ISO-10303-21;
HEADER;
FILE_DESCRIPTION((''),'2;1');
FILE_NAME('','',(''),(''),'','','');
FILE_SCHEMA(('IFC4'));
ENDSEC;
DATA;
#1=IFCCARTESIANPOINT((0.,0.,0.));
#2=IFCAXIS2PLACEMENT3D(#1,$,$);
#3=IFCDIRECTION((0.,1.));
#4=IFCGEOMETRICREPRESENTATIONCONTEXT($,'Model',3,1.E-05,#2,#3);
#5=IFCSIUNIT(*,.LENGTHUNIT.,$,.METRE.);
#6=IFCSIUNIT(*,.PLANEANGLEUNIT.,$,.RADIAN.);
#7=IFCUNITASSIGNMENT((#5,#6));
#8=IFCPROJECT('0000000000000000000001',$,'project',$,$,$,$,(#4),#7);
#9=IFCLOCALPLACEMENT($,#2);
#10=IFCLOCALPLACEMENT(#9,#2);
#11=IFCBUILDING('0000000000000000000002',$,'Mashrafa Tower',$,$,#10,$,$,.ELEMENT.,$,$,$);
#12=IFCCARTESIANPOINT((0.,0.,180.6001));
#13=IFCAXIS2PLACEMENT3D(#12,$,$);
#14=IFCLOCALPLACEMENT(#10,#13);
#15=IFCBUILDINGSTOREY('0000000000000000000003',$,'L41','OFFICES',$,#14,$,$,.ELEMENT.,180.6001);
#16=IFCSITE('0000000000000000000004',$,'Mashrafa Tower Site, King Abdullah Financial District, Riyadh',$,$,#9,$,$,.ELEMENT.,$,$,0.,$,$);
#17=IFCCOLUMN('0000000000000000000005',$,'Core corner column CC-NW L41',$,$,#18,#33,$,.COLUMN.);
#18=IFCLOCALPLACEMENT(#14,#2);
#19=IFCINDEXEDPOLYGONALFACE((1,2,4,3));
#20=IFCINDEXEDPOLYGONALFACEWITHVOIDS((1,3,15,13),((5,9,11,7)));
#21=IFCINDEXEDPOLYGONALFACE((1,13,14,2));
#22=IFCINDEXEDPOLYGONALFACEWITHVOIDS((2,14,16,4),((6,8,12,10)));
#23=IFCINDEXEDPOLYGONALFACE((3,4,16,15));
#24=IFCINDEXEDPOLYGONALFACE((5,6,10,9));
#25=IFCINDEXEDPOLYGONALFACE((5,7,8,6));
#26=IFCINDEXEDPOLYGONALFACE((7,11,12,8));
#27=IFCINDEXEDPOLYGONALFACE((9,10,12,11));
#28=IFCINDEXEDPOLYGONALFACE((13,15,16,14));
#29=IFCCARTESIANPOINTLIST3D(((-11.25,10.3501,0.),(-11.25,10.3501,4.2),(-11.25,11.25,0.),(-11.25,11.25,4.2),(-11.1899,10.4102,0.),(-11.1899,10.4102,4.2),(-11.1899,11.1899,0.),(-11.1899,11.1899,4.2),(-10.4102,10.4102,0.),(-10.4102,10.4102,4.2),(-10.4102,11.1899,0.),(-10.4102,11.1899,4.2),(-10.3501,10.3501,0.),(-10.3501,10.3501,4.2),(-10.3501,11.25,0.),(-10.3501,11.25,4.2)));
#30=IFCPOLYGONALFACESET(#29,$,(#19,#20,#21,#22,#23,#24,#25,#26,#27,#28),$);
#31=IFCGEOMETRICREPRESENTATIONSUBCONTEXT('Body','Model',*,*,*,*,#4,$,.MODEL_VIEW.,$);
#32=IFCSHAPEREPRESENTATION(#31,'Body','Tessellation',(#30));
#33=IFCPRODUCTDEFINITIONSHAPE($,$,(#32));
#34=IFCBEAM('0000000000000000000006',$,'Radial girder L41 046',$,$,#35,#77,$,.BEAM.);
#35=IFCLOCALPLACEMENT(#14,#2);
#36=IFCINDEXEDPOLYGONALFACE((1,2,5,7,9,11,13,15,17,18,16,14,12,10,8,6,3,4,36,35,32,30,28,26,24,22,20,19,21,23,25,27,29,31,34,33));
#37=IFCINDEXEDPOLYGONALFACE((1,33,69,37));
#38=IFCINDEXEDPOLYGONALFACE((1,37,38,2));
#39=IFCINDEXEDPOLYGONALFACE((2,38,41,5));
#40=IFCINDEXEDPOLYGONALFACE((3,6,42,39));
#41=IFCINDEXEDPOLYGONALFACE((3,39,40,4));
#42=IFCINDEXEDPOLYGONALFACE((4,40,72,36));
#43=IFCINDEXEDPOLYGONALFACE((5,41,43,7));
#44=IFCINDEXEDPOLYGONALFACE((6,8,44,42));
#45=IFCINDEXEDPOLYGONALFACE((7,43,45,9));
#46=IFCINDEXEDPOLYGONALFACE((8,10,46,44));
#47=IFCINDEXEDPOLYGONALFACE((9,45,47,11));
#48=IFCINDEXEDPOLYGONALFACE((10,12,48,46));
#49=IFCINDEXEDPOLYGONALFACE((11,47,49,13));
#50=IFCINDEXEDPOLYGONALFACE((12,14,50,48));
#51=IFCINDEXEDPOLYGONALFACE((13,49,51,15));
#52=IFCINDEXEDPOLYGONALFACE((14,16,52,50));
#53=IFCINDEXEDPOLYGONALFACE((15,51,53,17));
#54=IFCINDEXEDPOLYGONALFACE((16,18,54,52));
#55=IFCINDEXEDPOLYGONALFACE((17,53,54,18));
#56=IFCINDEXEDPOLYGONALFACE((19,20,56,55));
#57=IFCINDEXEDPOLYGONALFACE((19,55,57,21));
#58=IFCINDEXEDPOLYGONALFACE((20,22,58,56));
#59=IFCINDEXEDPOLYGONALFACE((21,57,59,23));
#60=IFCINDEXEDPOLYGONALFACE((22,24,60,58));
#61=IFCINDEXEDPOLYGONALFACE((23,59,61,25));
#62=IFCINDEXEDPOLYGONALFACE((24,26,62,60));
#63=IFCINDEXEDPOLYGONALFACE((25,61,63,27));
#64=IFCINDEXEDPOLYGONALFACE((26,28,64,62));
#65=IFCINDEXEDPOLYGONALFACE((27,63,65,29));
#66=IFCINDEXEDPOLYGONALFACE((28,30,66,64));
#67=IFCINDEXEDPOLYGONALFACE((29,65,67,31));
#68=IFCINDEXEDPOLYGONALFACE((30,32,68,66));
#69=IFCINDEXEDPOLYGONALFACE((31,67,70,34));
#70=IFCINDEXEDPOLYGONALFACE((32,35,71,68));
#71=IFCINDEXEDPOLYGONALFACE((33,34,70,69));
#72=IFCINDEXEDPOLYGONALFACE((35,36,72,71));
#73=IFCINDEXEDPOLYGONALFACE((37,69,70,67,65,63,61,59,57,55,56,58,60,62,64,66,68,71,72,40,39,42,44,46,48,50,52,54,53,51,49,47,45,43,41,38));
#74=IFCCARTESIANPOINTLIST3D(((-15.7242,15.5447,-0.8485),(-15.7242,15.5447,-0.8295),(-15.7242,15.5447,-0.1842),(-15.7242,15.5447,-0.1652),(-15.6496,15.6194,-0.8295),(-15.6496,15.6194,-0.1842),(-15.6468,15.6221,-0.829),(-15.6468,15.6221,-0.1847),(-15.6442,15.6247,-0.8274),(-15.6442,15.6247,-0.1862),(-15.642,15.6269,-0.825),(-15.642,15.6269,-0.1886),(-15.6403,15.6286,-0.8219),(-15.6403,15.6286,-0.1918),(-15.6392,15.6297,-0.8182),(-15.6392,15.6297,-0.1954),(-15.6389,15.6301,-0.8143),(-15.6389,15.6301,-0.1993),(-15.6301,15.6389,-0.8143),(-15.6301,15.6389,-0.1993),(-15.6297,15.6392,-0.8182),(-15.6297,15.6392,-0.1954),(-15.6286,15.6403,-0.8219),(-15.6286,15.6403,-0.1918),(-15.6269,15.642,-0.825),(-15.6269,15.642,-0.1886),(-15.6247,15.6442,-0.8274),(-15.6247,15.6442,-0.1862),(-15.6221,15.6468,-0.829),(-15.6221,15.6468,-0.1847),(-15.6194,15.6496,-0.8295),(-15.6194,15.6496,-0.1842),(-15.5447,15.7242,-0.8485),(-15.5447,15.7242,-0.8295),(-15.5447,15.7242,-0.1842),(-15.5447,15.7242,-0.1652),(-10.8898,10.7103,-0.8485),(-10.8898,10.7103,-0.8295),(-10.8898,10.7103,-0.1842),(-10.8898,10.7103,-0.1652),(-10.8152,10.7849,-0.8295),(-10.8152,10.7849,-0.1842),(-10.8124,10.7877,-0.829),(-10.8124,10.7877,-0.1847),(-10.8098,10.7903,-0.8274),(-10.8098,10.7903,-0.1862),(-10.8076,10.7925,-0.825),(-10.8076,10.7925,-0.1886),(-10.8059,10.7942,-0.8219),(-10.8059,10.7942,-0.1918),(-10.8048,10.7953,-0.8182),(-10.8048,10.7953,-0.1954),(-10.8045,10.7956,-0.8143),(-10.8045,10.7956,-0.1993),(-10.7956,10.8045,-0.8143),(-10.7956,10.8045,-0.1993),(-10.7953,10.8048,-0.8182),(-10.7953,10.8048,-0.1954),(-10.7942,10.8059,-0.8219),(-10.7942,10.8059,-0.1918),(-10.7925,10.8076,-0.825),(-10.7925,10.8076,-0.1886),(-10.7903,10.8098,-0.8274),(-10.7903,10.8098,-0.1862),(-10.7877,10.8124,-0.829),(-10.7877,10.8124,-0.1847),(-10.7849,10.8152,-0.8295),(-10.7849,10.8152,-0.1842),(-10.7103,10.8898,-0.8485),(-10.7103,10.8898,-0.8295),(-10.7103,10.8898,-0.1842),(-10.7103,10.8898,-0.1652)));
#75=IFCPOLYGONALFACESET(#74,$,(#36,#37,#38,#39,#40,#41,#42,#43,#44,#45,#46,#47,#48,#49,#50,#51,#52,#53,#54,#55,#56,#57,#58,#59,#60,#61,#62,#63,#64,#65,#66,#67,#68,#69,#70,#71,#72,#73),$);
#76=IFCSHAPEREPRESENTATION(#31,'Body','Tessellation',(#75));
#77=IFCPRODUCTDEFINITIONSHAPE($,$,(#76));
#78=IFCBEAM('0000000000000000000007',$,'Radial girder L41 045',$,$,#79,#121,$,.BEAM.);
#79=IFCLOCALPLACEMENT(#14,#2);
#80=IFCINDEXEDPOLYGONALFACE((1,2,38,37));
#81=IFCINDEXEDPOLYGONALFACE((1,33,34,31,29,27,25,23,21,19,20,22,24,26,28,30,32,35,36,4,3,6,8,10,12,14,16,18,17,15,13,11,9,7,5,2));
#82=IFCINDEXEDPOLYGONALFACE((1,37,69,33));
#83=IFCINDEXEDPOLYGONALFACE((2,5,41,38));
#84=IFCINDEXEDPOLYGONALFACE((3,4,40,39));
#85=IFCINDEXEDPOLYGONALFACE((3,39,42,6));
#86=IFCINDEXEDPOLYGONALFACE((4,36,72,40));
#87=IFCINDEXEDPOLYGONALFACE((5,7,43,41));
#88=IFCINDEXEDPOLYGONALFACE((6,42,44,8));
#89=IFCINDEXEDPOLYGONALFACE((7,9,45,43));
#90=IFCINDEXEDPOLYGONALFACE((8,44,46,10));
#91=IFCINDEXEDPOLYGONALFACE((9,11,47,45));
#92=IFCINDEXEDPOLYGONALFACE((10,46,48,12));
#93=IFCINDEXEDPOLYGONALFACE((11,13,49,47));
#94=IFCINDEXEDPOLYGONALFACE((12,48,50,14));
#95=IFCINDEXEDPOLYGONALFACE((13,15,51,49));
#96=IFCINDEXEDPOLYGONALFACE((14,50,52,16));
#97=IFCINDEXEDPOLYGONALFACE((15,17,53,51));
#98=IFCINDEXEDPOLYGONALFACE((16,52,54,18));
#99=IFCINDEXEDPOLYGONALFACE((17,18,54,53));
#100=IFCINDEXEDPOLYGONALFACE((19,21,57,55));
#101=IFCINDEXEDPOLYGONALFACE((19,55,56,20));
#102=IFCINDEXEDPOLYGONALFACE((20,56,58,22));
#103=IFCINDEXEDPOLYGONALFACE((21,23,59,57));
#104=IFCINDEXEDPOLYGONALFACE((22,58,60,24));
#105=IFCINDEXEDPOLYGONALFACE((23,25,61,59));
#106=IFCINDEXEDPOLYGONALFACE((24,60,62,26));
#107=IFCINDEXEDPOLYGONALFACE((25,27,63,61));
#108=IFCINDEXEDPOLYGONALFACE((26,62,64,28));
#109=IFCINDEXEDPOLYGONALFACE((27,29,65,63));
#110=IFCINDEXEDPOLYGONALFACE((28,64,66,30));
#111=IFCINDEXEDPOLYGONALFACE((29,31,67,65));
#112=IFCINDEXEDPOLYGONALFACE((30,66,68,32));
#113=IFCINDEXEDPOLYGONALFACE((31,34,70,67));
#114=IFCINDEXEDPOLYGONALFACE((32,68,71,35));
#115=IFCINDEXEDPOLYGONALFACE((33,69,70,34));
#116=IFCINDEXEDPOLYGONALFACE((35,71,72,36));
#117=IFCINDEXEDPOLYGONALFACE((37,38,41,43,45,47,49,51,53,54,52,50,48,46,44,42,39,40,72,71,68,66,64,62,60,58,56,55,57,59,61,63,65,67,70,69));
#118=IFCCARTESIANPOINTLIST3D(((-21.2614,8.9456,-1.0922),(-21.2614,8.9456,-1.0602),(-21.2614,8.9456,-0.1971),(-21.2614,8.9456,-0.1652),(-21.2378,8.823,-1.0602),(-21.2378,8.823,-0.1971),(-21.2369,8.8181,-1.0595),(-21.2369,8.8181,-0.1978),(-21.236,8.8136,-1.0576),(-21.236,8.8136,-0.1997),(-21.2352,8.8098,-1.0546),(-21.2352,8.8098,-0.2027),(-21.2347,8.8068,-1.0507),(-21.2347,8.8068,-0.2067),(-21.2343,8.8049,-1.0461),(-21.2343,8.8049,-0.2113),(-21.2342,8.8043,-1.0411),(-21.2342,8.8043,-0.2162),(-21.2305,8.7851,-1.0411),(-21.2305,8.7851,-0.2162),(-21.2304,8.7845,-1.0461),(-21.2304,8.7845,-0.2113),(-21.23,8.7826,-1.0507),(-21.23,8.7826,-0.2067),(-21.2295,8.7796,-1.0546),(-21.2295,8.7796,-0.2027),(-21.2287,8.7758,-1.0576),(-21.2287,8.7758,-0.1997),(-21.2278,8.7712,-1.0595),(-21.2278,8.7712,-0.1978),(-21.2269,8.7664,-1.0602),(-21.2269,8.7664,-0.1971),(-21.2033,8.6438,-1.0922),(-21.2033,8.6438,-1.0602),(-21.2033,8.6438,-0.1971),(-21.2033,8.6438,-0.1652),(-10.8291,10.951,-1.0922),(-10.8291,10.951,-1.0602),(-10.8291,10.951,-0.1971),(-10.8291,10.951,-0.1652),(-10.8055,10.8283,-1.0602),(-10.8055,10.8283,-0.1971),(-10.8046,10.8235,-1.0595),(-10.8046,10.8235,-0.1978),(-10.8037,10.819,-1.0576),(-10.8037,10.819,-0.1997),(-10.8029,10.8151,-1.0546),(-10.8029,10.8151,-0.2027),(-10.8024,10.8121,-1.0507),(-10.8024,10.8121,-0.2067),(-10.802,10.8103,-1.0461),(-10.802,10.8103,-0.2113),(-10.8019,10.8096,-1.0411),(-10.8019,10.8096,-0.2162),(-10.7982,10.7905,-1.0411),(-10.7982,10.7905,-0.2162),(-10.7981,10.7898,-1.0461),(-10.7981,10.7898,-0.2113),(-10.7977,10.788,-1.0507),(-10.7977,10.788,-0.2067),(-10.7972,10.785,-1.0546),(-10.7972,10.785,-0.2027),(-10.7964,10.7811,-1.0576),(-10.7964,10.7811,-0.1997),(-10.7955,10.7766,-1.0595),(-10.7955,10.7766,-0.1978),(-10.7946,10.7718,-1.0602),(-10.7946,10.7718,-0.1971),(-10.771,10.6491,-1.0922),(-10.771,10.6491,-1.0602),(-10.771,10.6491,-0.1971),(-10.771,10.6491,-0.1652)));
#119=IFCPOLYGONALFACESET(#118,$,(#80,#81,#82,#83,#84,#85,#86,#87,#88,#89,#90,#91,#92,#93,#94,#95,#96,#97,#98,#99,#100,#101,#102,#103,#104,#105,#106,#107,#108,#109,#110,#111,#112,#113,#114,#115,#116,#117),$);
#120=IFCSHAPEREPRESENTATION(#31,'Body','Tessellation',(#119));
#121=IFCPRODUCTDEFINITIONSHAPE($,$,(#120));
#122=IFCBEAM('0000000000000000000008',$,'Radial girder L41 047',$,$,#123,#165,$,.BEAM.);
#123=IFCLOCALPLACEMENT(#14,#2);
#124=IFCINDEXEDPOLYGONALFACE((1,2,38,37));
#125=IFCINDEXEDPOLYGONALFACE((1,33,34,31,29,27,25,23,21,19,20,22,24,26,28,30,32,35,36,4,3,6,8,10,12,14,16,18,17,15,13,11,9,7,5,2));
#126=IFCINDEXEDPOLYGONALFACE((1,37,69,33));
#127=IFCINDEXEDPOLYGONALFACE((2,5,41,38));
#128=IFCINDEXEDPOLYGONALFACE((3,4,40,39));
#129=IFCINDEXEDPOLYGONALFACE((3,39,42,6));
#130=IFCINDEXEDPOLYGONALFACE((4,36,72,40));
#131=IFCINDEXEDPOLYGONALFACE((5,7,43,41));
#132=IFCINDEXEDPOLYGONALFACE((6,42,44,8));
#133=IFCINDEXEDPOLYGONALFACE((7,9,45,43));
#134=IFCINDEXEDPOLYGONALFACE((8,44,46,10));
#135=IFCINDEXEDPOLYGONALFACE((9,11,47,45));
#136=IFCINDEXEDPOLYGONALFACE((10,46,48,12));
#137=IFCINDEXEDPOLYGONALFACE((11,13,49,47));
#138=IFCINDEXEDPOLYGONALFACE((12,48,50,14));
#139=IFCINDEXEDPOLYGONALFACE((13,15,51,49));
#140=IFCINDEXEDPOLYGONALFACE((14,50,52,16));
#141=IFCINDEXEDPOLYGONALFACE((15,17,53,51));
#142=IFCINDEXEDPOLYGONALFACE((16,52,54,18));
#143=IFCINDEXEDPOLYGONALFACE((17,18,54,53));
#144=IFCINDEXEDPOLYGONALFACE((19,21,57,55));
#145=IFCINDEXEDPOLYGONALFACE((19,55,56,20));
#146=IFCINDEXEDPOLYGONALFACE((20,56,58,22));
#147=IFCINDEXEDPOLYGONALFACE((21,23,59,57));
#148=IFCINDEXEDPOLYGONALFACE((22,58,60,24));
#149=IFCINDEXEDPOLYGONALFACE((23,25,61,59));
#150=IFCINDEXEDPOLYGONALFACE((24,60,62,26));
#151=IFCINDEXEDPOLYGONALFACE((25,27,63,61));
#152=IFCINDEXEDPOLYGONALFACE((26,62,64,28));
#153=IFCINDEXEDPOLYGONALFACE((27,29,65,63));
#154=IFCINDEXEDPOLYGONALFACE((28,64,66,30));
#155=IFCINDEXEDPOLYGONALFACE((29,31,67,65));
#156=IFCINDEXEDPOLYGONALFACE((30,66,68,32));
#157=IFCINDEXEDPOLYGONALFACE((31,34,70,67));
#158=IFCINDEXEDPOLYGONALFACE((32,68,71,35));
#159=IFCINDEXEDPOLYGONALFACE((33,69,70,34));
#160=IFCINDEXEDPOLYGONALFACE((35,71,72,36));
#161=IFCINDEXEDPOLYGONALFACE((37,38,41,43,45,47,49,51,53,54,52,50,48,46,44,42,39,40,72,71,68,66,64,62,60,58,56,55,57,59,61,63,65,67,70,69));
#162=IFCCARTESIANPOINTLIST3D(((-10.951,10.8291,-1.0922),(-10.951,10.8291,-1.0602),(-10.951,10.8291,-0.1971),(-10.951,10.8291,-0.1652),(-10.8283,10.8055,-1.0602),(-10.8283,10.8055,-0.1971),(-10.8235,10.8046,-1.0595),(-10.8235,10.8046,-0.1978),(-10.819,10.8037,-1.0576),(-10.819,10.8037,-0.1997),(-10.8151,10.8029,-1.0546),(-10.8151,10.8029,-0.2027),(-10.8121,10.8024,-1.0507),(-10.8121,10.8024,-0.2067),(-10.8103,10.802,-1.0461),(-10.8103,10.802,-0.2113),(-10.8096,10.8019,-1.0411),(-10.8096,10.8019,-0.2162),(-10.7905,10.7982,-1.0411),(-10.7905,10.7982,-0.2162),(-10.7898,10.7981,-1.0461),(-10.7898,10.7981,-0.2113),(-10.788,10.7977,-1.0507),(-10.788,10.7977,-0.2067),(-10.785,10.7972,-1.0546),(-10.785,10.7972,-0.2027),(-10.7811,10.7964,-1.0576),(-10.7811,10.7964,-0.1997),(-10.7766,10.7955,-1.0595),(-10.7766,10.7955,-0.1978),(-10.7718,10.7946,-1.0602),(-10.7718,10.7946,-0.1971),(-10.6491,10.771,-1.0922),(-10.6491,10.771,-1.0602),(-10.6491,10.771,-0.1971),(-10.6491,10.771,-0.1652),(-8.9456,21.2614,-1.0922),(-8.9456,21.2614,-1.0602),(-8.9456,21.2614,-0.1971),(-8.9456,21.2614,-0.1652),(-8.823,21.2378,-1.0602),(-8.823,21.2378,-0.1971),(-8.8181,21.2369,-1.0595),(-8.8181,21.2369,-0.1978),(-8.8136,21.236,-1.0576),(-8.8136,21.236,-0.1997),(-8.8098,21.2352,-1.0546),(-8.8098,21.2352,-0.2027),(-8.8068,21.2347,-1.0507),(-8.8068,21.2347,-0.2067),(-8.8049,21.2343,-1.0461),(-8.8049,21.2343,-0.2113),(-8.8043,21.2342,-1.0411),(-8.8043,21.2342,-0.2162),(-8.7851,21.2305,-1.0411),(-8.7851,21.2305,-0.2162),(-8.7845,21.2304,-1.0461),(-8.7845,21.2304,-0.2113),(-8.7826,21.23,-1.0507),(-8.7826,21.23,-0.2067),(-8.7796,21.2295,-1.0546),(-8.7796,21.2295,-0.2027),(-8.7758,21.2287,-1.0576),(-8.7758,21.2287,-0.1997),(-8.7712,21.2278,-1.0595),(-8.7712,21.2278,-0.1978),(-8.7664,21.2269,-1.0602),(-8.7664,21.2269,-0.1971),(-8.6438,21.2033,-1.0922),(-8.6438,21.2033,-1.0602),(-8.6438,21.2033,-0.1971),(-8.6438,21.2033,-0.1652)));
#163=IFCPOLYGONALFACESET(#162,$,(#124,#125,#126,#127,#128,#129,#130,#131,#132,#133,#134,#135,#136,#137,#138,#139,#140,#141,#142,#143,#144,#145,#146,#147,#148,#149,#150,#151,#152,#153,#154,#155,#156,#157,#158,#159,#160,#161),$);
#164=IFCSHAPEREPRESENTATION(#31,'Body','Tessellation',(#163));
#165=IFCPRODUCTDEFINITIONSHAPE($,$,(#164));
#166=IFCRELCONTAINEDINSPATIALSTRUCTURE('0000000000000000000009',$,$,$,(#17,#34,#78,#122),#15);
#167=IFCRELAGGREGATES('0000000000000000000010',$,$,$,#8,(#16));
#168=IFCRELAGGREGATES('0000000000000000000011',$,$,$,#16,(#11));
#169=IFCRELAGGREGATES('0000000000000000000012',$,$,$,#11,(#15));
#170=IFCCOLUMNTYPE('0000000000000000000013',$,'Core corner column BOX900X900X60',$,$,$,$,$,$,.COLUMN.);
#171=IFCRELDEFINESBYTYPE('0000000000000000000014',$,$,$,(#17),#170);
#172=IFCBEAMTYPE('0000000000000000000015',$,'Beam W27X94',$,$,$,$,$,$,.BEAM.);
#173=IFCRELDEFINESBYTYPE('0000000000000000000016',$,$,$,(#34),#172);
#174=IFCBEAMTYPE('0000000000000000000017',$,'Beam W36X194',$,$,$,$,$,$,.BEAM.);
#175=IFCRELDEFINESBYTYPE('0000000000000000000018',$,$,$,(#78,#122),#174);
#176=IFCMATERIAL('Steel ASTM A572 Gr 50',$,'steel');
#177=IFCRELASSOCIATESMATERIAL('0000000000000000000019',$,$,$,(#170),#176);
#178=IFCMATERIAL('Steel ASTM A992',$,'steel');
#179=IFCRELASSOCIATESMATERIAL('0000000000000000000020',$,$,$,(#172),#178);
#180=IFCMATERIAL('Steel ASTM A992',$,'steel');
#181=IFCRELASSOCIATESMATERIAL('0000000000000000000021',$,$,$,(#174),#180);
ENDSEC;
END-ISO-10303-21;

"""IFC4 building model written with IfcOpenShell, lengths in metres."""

from ifc_helpers import new_model, si_unit, direction, frame, origin, origin_2d, place, context, subcontext, project, spatial, hollow_rectangle, i_section, extrude, material, material_profile, profile_set, type_object, element, save


model = new_model("IFC4")

# Units and contexts
model_context = context("Model", 3, precision=1e-05, world=origin(), true_north=direction((0.0, 1.0)))
body_context = subcontext(model_context, "Body", "Model", "MODEL_VIEW")
ifc_project = project(units=[si_unit("LENGTHUNIT", "METRE"), si_unit("PLANEANGLEUNIT", "RADIAN")], contexts=[model_context])

# Site, building, storey
site_placement = place(None, origin())
site = spatial("IfcSite", under=ifc_project, at=site_placement, Name="Mashrafa Tower Site, King Abdullah Financial District, Riyadh", CompositionType="ELEMENT", RefElevation=0.0)
building_placement = place(site_placement, origin())
building = spatial("IfcBuilding", under=site, at=building_placement, Name="Mashrafa Tower", CompositionType="ELEMENT")
storey_placement = place(building_placement, frame((0.0, 0.0, 180.6001)))
storey = spatial("IfcBuildingStorey", under=building, at=storey_placement, Name="L41", Description="OFFICES", CompositionType="ELEMENT", Elevation=180.6001)

# Column
ifc_material_1 = material(Name="Steel ASTM A572 Gr 50", Category="steel")
ifc_material_profile_1 = material_profile(ifc_material_1, hollow_rectangle(XDim=0.8999, YDim=0.8999, WallThickness=0.0601, at=origin_2d()), Name="BOX900X900X60")
ifc_profile_set_1 = profile_set([ifc_material_profile_1], Name="Steel ASTM A572 Gr 50")
column_type = type_object("IfcColumnType", Name="Core corner column BOX900X900X60", PredefinedType="COLUMN", material=ifc_profile_set_1)
column_placement = place(storey_placement, frame((-10.8, 10.8, 0.0), z_axis=(0.0, 0.0, 1.0), x_axis=(1.0, 0.0, 0.0)))
element("IfcColumn", 1, at=column_placement, inside=storey, type_object=column_type, Name="Core corner column CC-NW L41", PredefinedType="COLUMN", context=body_context, shape_type="SweptSolid", body=[
    extrude(hollow_rectangle(XDim=0.8999, YDim=0.8999, WallThickness=0.0601, at=origin_2d()), origin(), (0.0, 0.0, 1.0), 4.2),
])

# Beams
ifc_material_2 = material(Name="Steel ASTM A992", Category="steel")
ifc_material_profile_2 = material_profile(ifc_material_2, i_section(OverallWidth=0.2539, OverallDepth=0.6833, WebThickness=0.0125, FlangeThickness=0.019, FilletRadius=0.0151, at=origin_2d()), Name="W27X94")
ifc_profile_set_2 = profile_set([ifc_material_profile_2], Name="Steel ASTM A992")
beam_type_1 = type_object("IfcBeamType", Name="Beam W27X94", PredefinedType="BEAM", material=ifc_profile_set_2)
beam_1_placement = place(storey_placement, frame((-10.8, 10.8, -0.5068), z_axis=(-0.707107, 0.707107, 0.0), x_axis=(-0.707107, -0.707107, 0.0)))
element("IfcBeam", 2, at=beam_1_placement, inside=storey, type_object=beam_type_1, Name="Radial girder L41 046", PredefinedType="BEAM", context=body_context, shape_type="SweptSolid", body=[
    extrude(i_section(OverallWidth=0.2539, OverallDepth=0.6833, WebThickness=0.0125, FlangeThickness=0.019, FilletRadius=0.0151, at=origin_2d()), origin(), (0.0, 0.0, 1.0), 6.8369),
])
ifc_material_3 = material(Name="Steel ASTM A992", Category="steel")
ifc_material_profile_3 = material_profile(ifc_material_3, i_section(OverallWidth=0.3074, OverallDepth=0.927, WebThickness=0.0195, FlangeThickness=0.032, FilletRadius=0.019, at=origin_2d()), Name="W36X194")
ifc_profile_set_3 = profile_set([ifc_material_profile_3], Name="Steel ASTM A992")
beam_type_2 = type_object("IfcBeamType", Name="Beam W36X194", PredefinedType="BEAM", material=ifc_profile_set_3)
for number, where, z_axis, x_axis, name in (
    (3, (-10.8, 10.8, -0.6287), (-0.982021, -0.18877, 0.0), (0.18877, -0.982021, 0.0), "Radial girder L41 045"),
    (4, (-10.8, 10.8, -0.6287), (0.18877, 0.982021, 0.0), (-0.982021, 0.18877, 0.0), "Radial girder L41 047"),
):
    element("IfcBeam", number, at=place(storey_placement, frame(where, z_axis=z_axis, x_axis=x_axis)), inside=storey, type_object=beam_type_2, Name=name, PredefinedType="BEAM", context=body_context, shape_type="SweptSolid", body=[
        extrude(i_section(OverallWidth=0.3074, OverallDepth=0.927, WebThickness=0.0195, FlangeThickness=0.032, FilletRadius=0.019, at=origin_2d()), origin(), (0.0, 0.0, 1.0), 10.6233),
    ])

save(model, "model.ifc")
